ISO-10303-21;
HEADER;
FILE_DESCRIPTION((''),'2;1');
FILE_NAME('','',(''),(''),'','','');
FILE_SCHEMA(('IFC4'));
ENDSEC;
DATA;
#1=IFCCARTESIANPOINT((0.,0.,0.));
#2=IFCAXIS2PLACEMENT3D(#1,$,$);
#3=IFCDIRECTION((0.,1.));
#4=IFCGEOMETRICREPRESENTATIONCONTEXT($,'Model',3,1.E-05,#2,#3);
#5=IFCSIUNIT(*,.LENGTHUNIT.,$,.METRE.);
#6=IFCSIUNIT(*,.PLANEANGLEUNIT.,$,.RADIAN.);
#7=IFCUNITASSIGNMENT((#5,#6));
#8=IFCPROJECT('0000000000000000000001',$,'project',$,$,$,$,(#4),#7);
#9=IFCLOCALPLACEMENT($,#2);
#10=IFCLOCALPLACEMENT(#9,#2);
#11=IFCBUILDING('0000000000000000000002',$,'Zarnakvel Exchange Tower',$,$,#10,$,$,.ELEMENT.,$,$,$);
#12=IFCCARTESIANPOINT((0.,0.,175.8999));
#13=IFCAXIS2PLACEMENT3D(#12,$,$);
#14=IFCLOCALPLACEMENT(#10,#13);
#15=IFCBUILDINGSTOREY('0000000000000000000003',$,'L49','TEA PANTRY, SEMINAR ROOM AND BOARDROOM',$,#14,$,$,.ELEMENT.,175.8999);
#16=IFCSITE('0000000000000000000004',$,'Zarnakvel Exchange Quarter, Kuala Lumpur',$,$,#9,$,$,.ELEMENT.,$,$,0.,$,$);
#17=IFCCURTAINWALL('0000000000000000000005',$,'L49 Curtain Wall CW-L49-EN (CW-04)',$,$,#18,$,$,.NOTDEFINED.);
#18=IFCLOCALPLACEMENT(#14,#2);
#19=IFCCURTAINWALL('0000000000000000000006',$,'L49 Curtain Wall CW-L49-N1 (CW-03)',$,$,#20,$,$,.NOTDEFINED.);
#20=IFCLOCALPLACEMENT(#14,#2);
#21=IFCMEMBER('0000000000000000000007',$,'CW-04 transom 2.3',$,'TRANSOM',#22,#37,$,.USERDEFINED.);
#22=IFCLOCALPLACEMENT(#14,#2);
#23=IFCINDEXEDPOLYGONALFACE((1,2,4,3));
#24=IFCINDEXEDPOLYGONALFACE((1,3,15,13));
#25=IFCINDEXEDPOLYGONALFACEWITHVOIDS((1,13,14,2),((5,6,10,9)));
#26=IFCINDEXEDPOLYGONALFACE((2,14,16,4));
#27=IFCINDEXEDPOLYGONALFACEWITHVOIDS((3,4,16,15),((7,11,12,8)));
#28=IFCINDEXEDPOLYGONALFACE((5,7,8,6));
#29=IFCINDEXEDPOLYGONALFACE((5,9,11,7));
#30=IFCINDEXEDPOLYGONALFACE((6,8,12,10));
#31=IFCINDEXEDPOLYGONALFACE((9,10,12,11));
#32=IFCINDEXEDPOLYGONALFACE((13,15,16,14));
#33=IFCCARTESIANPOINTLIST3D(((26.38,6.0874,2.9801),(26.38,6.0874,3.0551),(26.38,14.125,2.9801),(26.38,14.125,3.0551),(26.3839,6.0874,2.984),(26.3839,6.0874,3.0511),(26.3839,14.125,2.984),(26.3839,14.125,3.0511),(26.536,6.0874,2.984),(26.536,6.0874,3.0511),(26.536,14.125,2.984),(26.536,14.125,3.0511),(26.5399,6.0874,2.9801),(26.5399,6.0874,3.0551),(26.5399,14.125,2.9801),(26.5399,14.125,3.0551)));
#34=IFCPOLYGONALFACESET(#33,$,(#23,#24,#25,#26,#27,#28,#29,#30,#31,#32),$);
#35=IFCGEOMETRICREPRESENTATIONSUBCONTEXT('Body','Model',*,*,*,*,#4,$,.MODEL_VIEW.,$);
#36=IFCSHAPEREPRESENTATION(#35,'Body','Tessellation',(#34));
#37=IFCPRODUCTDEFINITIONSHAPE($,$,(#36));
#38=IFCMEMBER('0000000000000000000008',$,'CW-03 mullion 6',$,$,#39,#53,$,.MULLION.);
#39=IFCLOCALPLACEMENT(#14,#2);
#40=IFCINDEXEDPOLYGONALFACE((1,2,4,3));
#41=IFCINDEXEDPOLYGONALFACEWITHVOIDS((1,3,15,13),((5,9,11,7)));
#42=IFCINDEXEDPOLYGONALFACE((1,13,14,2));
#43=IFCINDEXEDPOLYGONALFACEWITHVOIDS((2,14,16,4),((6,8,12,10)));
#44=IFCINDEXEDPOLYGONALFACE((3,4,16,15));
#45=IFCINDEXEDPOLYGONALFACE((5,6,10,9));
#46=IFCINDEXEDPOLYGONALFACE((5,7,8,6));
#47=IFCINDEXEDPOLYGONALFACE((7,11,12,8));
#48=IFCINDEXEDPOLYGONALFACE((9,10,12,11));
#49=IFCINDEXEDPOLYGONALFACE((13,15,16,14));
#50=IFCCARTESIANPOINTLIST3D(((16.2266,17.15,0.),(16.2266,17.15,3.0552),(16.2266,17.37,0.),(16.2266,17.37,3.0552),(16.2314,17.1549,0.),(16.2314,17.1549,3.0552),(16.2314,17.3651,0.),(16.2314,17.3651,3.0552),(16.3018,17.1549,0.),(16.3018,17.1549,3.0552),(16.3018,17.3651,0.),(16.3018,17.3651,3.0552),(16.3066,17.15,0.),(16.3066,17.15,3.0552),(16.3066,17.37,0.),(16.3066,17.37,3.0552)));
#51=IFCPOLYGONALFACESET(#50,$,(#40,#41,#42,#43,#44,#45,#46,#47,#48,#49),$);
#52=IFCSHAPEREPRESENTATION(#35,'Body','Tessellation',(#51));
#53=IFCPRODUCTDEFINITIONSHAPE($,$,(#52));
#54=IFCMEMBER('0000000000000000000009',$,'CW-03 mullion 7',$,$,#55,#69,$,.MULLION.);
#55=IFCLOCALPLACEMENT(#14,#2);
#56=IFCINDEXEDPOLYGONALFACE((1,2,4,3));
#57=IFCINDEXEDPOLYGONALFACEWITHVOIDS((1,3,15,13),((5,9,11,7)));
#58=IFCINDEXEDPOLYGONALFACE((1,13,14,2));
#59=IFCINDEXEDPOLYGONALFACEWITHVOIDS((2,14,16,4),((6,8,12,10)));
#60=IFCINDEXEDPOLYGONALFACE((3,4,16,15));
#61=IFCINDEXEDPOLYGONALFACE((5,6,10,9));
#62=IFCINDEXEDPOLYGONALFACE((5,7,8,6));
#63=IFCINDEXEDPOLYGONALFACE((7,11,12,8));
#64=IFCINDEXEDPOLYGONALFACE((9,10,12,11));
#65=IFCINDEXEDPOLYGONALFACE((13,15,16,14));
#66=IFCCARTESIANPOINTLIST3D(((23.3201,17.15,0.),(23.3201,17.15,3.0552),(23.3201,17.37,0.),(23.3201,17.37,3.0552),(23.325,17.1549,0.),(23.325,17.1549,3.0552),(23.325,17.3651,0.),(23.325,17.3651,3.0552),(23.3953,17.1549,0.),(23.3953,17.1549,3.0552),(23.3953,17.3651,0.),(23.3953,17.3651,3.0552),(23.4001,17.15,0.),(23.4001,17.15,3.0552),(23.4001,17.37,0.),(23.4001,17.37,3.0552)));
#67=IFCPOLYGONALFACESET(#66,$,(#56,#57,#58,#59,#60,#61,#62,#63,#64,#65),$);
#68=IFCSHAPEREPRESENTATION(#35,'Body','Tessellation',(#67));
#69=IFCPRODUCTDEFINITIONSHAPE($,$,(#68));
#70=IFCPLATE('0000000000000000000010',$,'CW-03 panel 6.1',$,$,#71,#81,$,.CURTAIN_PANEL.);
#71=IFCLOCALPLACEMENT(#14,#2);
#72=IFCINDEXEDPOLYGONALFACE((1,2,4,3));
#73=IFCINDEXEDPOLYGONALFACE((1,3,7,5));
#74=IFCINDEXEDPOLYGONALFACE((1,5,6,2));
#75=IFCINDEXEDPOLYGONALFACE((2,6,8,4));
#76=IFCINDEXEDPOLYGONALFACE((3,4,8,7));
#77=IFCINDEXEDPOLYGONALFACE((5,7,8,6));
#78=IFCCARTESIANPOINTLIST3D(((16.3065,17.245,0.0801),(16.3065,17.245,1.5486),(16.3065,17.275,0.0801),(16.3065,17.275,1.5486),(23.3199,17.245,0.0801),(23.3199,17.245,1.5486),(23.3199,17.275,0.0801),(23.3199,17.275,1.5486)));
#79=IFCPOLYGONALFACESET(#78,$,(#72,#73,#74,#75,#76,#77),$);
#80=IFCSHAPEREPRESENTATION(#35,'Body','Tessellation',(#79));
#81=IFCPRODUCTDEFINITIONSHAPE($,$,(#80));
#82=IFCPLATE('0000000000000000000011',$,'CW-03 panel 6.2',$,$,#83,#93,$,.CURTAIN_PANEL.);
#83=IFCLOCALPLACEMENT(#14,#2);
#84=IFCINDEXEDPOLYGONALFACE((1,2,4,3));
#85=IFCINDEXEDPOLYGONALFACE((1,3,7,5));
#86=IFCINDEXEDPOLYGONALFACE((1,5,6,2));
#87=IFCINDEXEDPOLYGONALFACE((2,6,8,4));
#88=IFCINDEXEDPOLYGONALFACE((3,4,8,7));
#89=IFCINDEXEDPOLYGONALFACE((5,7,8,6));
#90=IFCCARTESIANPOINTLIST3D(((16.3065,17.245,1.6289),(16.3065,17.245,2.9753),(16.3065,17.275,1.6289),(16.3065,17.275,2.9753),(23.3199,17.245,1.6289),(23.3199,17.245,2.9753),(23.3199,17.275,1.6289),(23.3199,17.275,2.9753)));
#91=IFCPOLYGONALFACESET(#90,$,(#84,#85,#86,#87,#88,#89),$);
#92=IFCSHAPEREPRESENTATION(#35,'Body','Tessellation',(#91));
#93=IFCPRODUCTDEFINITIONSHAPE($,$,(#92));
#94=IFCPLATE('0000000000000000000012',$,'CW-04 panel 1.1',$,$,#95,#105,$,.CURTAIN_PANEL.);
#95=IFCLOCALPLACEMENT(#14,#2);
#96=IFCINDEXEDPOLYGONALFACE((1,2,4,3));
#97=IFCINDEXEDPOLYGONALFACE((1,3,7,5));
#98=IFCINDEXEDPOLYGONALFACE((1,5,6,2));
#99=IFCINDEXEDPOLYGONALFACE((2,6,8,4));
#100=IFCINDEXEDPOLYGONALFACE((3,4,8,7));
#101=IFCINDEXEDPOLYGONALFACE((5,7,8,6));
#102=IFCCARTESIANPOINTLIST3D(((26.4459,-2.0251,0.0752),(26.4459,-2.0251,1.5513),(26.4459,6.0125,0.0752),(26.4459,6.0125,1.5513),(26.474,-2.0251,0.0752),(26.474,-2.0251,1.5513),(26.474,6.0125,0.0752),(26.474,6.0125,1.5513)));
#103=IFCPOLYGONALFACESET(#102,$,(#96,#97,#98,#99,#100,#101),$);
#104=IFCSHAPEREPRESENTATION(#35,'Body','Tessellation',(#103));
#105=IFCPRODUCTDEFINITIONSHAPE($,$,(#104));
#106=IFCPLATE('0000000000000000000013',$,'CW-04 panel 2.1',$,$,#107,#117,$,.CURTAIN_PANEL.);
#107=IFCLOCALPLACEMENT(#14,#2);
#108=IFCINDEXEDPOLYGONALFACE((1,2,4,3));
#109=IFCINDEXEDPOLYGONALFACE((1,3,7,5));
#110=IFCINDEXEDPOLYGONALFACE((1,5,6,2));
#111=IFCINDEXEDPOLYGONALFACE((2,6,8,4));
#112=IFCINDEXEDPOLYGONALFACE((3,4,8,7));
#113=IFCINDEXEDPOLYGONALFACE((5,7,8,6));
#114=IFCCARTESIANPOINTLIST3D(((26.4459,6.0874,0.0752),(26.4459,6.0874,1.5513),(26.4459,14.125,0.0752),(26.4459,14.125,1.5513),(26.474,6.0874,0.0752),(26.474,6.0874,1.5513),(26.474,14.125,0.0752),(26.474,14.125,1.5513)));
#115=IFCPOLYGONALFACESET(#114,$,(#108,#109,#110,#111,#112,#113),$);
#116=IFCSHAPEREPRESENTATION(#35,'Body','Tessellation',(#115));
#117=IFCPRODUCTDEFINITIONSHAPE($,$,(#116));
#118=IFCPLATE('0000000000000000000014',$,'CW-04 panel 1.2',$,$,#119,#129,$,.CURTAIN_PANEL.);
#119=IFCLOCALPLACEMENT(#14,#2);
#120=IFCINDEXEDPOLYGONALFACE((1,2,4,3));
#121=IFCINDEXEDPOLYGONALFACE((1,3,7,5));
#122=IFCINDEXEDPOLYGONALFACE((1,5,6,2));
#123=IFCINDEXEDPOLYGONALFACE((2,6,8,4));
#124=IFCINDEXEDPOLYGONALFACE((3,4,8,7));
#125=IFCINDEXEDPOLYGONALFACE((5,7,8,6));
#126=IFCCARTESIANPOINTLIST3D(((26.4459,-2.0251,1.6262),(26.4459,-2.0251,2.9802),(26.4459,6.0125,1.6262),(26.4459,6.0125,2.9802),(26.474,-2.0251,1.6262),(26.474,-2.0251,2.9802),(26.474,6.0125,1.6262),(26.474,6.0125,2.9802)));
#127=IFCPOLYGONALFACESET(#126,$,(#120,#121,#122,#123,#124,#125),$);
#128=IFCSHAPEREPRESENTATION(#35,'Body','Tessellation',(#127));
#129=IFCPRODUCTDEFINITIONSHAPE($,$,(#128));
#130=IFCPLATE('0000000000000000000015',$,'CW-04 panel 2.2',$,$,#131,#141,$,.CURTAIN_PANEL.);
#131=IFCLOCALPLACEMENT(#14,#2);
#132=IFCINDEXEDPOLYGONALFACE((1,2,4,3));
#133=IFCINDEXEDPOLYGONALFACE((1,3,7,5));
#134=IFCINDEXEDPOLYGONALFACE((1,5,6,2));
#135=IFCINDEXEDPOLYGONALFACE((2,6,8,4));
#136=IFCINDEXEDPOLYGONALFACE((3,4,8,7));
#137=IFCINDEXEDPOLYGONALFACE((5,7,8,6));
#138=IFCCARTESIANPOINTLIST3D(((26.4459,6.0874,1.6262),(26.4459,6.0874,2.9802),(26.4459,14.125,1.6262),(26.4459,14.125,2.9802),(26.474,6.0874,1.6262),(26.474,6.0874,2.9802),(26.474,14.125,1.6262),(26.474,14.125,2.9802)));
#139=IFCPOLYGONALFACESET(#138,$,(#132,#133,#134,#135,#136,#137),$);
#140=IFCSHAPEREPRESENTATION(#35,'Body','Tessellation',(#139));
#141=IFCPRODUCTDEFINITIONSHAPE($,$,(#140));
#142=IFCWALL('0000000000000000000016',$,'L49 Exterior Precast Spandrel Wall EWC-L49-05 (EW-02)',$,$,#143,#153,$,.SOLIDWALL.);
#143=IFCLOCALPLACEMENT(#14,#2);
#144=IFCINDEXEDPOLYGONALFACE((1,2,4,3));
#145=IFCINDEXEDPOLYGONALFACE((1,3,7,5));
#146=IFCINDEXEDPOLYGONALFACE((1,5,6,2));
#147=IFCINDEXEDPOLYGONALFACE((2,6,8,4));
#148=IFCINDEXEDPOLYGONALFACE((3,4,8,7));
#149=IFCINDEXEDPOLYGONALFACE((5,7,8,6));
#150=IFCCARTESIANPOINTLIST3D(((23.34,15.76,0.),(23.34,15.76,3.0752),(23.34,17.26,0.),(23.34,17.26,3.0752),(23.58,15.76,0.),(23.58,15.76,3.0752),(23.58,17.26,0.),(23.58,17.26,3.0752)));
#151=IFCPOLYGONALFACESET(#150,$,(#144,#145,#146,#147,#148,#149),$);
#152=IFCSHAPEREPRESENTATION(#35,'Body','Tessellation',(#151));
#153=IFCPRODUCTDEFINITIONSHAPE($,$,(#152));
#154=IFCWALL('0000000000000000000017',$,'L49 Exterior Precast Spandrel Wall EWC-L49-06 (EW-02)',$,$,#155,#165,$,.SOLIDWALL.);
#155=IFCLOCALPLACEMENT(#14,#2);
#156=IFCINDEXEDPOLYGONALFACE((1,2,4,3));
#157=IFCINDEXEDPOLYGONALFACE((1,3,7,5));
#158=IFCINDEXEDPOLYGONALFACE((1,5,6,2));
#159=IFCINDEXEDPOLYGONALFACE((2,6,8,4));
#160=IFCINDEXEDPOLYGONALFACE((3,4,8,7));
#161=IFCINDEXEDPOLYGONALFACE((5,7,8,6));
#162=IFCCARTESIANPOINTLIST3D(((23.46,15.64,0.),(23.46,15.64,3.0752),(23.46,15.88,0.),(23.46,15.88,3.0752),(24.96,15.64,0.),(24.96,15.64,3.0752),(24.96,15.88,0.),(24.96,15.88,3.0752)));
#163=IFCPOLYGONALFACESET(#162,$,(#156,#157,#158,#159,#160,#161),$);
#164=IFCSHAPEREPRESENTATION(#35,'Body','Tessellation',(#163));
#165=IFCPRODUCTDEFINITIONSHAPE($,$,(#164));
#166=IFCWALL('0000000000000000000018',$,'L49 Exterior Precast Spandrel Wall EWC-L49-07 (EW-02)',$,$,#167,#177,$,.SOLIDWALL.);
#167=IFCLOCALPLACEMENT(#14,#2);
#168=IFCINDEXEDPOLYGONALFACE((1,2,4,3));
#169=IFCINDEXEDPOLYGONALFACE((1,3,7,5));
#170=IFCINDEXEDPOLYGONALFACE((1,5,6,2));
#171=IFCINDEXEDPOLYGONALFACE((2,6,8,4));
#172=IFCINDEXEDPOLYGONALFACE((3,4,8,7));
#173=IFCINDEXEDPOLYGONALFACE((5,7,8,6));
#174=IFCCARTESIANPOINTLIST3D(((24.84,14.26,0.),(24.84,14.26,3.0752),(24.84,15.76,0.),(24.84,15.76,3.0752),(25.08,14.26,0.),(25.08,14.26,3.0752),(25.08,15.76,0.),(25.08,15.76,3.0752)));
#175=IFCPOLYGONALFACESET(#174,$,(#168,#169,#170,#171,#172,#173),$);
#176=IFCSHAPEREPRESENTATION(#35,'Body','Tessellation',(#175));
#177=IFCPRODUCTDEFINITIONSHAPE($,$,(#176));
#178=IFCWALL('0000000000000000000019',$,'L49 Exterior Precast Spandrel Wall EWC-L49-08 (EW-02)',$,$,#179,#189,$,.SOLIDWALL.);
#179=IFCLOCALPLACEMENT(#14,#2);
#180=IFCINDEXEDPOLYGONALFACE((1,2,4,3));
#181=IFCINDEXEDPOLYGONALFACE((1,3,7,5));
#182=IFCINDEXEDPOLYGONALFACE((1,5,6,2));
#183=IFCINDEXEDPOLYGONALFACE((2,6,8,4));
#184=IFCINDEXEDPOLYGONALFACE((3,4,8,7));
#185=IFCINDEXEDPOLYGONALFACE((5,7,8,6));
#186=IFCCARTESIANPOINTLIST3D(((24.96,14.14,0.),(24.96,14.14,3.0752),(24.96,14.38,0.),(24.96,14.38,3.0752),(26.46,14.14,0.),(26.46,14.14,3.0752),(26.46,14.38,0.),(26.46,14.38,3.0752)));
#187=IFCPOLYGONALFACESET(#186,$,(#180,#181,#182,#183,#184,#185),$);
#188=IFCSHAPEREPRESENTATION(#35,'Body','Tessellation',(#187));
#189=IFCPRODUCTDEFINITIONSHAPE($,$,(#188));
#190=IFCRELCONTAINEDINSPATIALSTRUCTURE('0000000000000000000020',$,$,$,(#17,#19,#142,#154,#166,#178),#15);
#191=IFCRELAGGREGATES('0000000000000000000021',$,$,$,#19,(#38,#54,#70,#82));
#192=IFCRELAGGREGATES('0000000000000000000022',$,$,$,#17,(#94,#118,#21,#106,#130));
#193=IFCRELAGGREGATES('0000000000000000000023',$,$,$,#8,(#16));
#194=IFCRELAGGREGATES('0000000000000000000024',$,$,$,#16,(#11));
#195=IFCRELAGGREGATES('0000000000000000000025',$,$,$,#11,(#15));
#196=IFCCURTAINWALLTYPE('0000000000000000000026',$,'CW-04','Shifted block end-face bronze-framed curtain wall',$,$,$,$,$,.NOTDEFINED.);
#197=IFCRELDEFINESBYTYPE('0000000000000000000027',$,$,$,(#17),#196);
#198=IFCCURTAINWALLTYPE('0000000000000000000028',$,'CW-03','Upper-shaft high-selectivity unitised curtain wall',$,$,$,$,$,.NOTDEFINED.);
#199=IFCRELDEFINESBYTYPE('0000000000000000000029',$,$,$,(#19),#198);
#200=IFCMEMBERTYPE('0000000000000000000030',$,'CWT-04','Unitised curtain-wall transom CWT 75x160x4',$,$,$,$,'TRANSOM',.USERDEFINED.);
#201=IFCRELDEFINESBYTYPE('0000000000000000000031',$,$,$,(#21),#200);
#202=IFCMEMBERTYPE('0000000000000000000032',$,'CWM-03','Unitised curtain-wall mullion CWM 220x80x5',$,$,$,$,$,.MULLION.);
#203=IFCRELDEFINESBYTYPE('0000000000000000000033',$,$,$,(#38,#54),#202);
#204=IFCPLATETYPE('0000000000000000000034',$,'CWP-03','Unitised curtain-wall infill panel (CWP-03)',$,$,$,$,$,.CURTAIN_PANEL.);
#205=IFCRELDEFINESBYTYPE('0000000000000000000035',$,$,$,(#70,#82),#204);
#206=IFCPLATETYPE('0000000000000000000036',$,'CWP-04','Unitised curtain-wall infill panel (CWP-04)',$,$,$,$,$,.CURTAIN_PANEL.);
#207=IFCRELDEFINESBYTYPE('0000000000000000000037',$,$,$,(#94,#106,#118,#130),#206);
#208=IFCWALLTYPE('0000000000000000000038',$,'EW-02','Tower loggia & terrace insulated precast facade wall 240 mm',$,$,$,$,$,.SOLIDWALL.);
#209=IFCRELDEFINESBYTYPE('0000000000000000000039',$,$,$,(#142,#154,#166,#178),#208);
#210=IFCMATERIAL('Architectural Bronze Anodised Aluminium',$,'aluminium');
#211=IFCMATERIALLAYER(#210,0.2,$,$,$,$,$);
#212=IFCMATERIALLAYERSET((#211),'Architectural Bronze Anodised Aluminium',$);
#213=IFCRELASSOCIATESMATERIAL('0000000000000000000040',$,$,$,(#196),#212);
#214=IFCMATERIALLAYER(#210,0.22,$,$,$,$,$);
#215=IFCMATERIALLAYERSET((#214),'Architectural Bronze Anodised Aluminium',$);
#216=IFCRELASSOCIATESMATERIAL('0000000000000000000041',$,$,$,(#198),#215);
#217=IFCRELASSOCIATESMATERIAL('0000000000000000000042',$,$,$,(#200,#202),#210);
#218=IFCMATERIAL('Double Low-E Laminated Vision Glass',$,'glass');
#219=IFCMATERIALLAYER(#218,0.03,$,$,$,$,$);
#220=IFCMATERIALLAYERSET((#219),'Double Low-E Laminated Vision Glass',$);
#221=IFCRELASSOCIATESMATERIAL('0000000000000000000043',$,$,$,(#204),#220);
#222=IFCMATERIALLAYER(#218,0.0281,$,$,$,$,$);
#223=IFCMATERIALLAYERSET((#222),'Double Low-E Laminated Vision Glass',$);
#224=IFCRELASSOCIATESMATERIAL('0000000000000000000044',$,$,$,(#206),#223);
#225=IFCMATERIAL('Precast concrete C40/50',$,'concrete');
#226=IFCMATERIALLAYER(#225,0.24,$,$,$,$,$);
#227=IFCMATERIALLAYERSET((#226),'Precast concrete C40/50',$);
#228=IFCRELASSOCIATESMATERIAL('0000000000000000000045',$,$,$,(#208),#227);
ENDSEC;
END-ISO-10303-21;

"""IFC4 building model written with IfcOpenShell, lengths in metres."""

from ifc_helpers import new_model, si_unit, direction, frame, frame_2d, origin, origin_2d, place, context, subcontext, project, spatial, rectangle, hollow_rectangle, extrude, source, transform, mapped, material, layer, layer_set, material_profile, profile_set, type_object, element, aggregate, save


model = new_model("IFC4")

# Units and contexts
model_context = context("Model", 3, precision=1e-05, world=origin(), true_north=direction((0.0, 1.0)))
body_context = subcontext(model_context, "Body", "Model", "MODEL_VIEW")
ifc_project = project(units=[si_unit("LENGTHUNIT", "METRE"), si_unit("PLANEANGLEUNIT", "RADIAN")], contexts=[model_context])

# Site, building, storey
site_placement = place(None, origin())
site = spatial("IfcSite", under=ifc_project, at=site_placement, Name="Zarnakvel Exchange Quarter, Kuala Lumpur", CompositionType="ELEMENT", RefElevation=0.0)
building_placement = place(site_placement, origin())
building = spatial("IfcBuilding", under=site, at=building_placement, Name="Zarnakvel Exchange Tower", CompositionType="ELEMENT")
storey_placement = place(building_placement, frame((0.0, 0.0, 175.8999)))
storey = spatial("IfcBuildingStorey", under=building, at=storey_placement, Name="L49", Description="TEA PANTRY, SEMINAR ROOM AND BOARDROOM", CompositionType="ELEMENT", Elevation=175.8999)

# Curtain walls
ifc_material_1 = material(Name="Architectural Bronze Anodised Aluminium", Category="aluminium")
ifc_layer_1 = layer(ifc_material_1, 0.2)
ifc_layer_set_1 = layer_set([ifc_layer_1], Name="Architectural Bronze Anodised Aluminium")
curtain_wall_type_1 = type_object("IfcCurtainWallType", Name="CW-04", Description="Shifted block end-face bronze-framed curtain wall", PredefinedType="NOTDEFINED", material=ifc_layer_set_1)
curtain_wall_1_placement = place(storey_placement, origin())
curtain_wall_1 = element("IfcCurtainWall", 1, at=curtain_wall_1_placement, inside=storey, type_object=curtain_wall_type_1, Name="L49 Curtain Wall CW-L49-EN (CW-04)", PredefinedType="NOTDEFINED")
ifc_layer_2 = layer(ifc_material_1, 0.22)
ifc_layer_set_2 = layer_set([ifc_layer_2], Name="Architectural Bronze Anodised Aluminium")
curtain_wall_type_2 = type_object("IfcCurtainWallType", Name="CW-03", Description="Upper-shaft high-selectivity unitised curtain wall", PredefinedType="NOTDEFINED", material=ifc_layer_set_2)
curtain_wall_2_placement = place(storey_placement, origin())
curtain_wall_2 = element("IfcCurtainWall", 2, at=curtain_wall_2_placement, inside=storey, type_object=curtain_wall_type_2, Name="L49 Curtain Wall CW-L49-N1 (CW-03)", PredefinedType="NOTDEFINED")

# Members
ifc_material_profile_1 = material_profile(ifc_material_1, hollow_rectangle(XDim=0.1599, YDim=0.075, WallThickness=0.0039, at=origin_2d()))
ifc_profile_set_1 = profile_set([ifc_material_profile_1], Name="Architectural Bronze Anodised Aluminium")
member_type_1 = type_object("IfcMemberType", Name="CWT-04", Description="Unitised curtain-wall transom CWT 75x160x4", ElementType="TRANSOM", PredefinedType="USERDEFINED", material=ifc_profile_set_1)
shared_shape_1 = source(origin(), body_context, "Body", "SweptSolid", [
    extrude(hollow_rectangle(XDim=0.1599, YDim=0.075, WallThickness=0.0039, at=origin_2d()), origin(), (0.0, 0.0, 1.0), 8.0376),
])
member_1_placement = place(storey_placement, frame((26.46, 6.0874, 3.0176), z_axis=(0.0, 1.0, 0.0), x_axis=(-1.0, 0.0, 0.0)))
member_1 = element("IfcMember", 3, at=member_1_placement, type_object=member_type_1, Name="CW-04 transom 2.3", ObjectType="TRANSOM", PredefinedType="USERDEFINED", context=body_context, shape_type="MappedRepresentation", body=[
    mapped(shared_shape_1, transform((0.0, 0.0, 0.0), x_axis=(1.0, 0.0, 0.0), y_axis=(0.0, 1.0, 0.0), z_axis=(0.0, 0.0, 1.0), scale=1.0)),
])
ifc_material_profile_2 = material_profile(ifc_material_1, hollow_rectangle(XDim=0.22, YDim=0.0801, WallThickness=0.0049, at=origin_2d()))
ifc_profile_set_2 = profile_set([ifc_material_profile_2], Name="Architectural Bronze Anodised Aluminium")
member_type_2 = type_object("IfcMemberType", Name="CWM-03", Description="Unitised curtain-wall mullion CWM 220x80x5", PredefinedType="MULLION", material=ifc_profile_set_2)
shared_shape_2 = source(origin(), body_context, "Body", "SweptSolid", [
    extrude(hollow_rectangle(XDim=0.22, YDim=0.0801, WallThickness=0.0049, at=origin_2d()), origin(), (0.0, 0.0, 1.0), 3.0552),
])
member_2_placement = place(storey_placement, frame((16.2666, 17.26, 0.0), z_axis=(0.0, 0.0, 1.0), x_axis=(0.0, 1.0, 0.0)))
member_2 = element("IfcMember", 4, at=member_2_placement, type_object=member_type_2, Name="CW-03 mullion 6", PredefinedType="MULLION", context=body_context, shape_type="MappedRepresentation", body=[
    mapped(shared_shape_2, transform((0.0, 0.0, 0.0), x_axis=(1.0, 0.0, 0.0), y_axis=(0.0, 1.0, 0.0), z_axis=(0.0, 0.0, 1.0), scale=1.0)),
])
member_3_placement = place(storey_placement, frame((23.3601, 17.26, 0.0), z_axis=(0.0, 0.0, 1.0), x_axis=(0.0, 1.0, 0.0)))
member_3 = element("IfcMember", 5, at=member_3_placement, type_object=member_type_2, Name="CW-03 mullion 7", PredefinedType="MULLION", context=body_context, shape_type="MappedRepresentation", body=[
    mapped(shared_shape_2, transform((0.0, 0.0, 0.0), x_axis=(1.0, 0.0, 0.0), y_axis=(0.0, 1.0, 0.0), z_axis=(0.0, 0.0, 1.0), scale=1.0)),
])

# Plates
ifc_material_2 = material(Name="Double Low-E Laminated Vision Glass", Category="glass")
ifc_layer_3 = layer(ifc_material_2, 0.03)
ifc_layer_set_3 = layer_set([ifc_layer_3], Name="Double Low-E Laminated Vision Glass")
plate_type_1 = type_object("IfcPlateType", Name="CWP-03", Description="Unitised curtain-wall infill panel (CWP-03)", PredefinedType="CURTAIN_PANEL", material=ifc_layer_set_3)
shared_shape_3 = source(origin(), body_context, "Body", "SweptSolid", [
    extrude(rectangle(XDim=7.0134, YDim=0.03, at=origin_2d()), origin(), (0.0, 0.0, 1.0), 1.4685),
])
plate_1_placement = place(storey_placement, frame((19.8132, 17.26, 0.0801), z_axis=(0.0, 0.0, 1.0), x_axis=(1.0, 0.0, 0.0)))
plate_1 = element("IfcPlate", 6, at=plate_1_placement, type_object=plate_type_1, Name="CW-03 panel 6.1", PredefinedType="CURTAIN_PANEL", context=body_context, shape_type="MappedRepresentation", body=[
    mapped(shared_shape_3, transform((0.0, 0.0, 0.0), x_axis=(1.0, 0.0, 0.0), y_axis=(0.0, 1.0, 0.0), z_axis=(0.0, 0.0, 1.0), scale=1.0)),
])
shared_shape_4 = source(origin(), body_context, "Body", "SweptSolid", [
    extrude(rectangle(XDim=7.0134, YDim=0.03, at=origin_2d()), origin(), (0.0, 0.0, 1.0), 1.3464),
])
plate_2_placement = place(storey_placement, frame((19.8132, 17.26, 1.6289), z_axis=(0.0, 0.0, 1.0), x_axis=(1.0, 0.0, 0.0)))
plate_2 = element("IfcPlate", 7, at=plate_2_placement, type_object=plate_type_1, Name="CW-03 panel 6.2", PredefinedType="CURTAIN_PANEL", context=body_context, shape_type="MappedRepresentation", body=[
    mapped(shared_shape_4, transform((0.0, 0.0, 0.0), x_axis=(1.0, 0.0, 0.0), y_axis=(0.0, 1.0, 0.0), z_axis=(0.0, 0.0, 1.0), scale=1.0)),
])
aggregate(curtain_wall_2, [member_2, member_3, plate_1, plate_2])
ifc_layer_4 = layer(ifc_material_2, 0.0281)
ifc_layer_set_4 = layer_set([ifc_layer_4], Name="Double Low-E Laminated Vision Glass")
plate_type_2 = type_object("IfcPlateType", Name="CWP-04", Description="Unitised curtain-wall infill panel (CWP-04)", PredefinedType="CURTAIN_PANEL", material=ifc_layer_set_4)
shared_shape_5 = source(origin(), body_context, "Body", "SweptSolid", [
    extrude(rectangle(XDim=8.0376, YDim=0.0281, at=origin_2d()), origin(), (0.0, 0.0, 1.0), 1.4761),
])
plate_3_placement = place(storey_placement, frame((26.46, 1.9937, 0.0752), z_axis=(0.0, 0.0, 1.0), x_axis=(0.0, 1.0, 0.0)))
plate_3 = element("IfcPlate", 8, at=plate_3_placement, type_object=plate_type_2, Name="CW-04 panel 1.1", PredefinedType="CURTAIN_PANEL", context=body_context, shape_type="MappedRepresentation", body=[
    mapped(shared_shape_5, transform((0.0, 0.0, 0.0), x_axis=(1.0, 0.0, 0.0), y_axis=(0.0, 1.0, 0.0), z_axis=(0.0, 0.0, 1.0), scale=1.0)),
])
plate_4_placement = place(storey_placement, frame((26.46, 10.1062, 0.0752), z_axis=(0.0, 0.0, 1.0), x_axis=(0.0, 1.0, 0.0)))
plate_4 = element("IfcPlate", 9, at=plate_4_placement, type_object=plate_type_2, Name="CW-04 panel 2.1", PredefinedType="CURTAIN_PANEL", context=body_context, shape_type="MappedRepresentation", body=[
    mapped(shared_shape_5, transform((0.0, 0.0, 0.0), x_axis=(1.0, 0.0, 0.0), y_axis=(0.0, 1.0, 0.0), z_axis=(0.0, 0.0, 1.0), scale=1.0)),
])
shared_shape_6 = source(origin(), body_context, "Body", "SweptSolid", [
    extrude(rectangle(XDim=8.0376, YDim=0.0281, at=origin_2d()), origin(), (0.0, 0.0, 1.0), 1.354),
])
plate_5_placement = place(storey_placement, frame((26.46, 1.9937, 1.6262), z_axis=(0.0, 0.0, 1.0), x_axis=(0.0, 1.0, 0.0)))
plate_5 = element("IfcPlate", 10, at=plate_5_placement, type_object=plate_type_2, Name="CW-04 panel 1.2", PredefinedType="CURTAIN_PANEL", context=body_context, shape_type="MappedRepresentation", body=[
    mapped(shared_shape_6, transform((0.0, 0.0, 0.0), x_axis=(1.0, 0.0, 0.0), y_axis=(0.0, 1.0, 0.0), z_axis=(0.0, 0.0, 1.0), scale=1.0)),
])
plate_6_placement = place(storey_placement, frame((26.46, 10.1062, 1.6262), z_axis=(0.0, 0.0, 1.0), x_axis=(0.0, 1.0, 0.0)))
plate_6 = element("IfcPlate", 11, at=plate_6_placement, type_object=plate_type_2, Name="CW-04 panel 2.2", PredefinedType="CURTAIN_PANEL", context=body_context, shape_type="MappedRepresentation", body=[
    mapped(shared_shape_6, transform((0.0, 0.0, 0.0), x_axis=(1.0, 0.0, 0.0), y_axis=(0.0, 1.0, 0.0), z_axis=(0.0, 0.0, 1.0), scale=1.0)),
])
aggregate(curtain_wall_1, [plate_3, plate_5, member_1, plate_4, plate_6])

# Walls
ifc_material_3 = material(Name="Precast concrete C40/50", Category="concrete")
ifc_layer_5 = layer(ifc_material_3, 0.24)
ifc_layer_set_5 = layer_set([ifc_layer_5], Name="Precast concrete C40/50")
wall_type_1 = type_object("IfcWallType", Name="EW-02", Description="Tower loggia & terrace insulated precast facade wall 240 mm", PredefinedType="SOLIDWALL", material=ifc_layer_set_5)
for number, where, z_axis, x_axis, name in (
    (12, (23.46, 15.76, 0.0), (0.0, 0.0, 1.0), (0.0, 1.0, 0.0), "L49 Exterior Precast Spandrel Wall EWC-L49-05 (EW-02)"),
    (13, (24.96, 15.76, 0.0), (0.0, 0.0, 1.0), (-1.0, 0.0, 0.0), "L49 Exterior Precast Spandrel Wall EWC-L49-06 (EW-02)"),
    (14, (24.96, 14.26, 0.0), (0.0, 0.0, 1.0), (0.0, 1.0, 0.0), "L49 Exterior Precast Spandrel Wall EWC-L49-07 (EW-02)"),
    (15, (26.46, 14.26, 0.0), (0.0, 0.0, 1.0), (-1.0, 0.0, 0.0), "L49 Exterior Precast Spandrel Wall EWC-L49-08 (EW-02)"),
):
    element("IfcWall", number, at=place(storey_placement, frame(where, z_axis=z_axis, x_axis=x_axis)), inside=storey, type_object=wall_type_1, Name=name, PredefinedType="SOLIDWALL", context=body_context, shape_type="SweptSolid", body=[
        extrude(rectangle(XDim=1.5, YDim=0.24, at=frame_2d((0.75, 0.0))), origin(), (0.0, 0.0, 1.0), 3.0752),
    ])

save(model, "model.ifc")
